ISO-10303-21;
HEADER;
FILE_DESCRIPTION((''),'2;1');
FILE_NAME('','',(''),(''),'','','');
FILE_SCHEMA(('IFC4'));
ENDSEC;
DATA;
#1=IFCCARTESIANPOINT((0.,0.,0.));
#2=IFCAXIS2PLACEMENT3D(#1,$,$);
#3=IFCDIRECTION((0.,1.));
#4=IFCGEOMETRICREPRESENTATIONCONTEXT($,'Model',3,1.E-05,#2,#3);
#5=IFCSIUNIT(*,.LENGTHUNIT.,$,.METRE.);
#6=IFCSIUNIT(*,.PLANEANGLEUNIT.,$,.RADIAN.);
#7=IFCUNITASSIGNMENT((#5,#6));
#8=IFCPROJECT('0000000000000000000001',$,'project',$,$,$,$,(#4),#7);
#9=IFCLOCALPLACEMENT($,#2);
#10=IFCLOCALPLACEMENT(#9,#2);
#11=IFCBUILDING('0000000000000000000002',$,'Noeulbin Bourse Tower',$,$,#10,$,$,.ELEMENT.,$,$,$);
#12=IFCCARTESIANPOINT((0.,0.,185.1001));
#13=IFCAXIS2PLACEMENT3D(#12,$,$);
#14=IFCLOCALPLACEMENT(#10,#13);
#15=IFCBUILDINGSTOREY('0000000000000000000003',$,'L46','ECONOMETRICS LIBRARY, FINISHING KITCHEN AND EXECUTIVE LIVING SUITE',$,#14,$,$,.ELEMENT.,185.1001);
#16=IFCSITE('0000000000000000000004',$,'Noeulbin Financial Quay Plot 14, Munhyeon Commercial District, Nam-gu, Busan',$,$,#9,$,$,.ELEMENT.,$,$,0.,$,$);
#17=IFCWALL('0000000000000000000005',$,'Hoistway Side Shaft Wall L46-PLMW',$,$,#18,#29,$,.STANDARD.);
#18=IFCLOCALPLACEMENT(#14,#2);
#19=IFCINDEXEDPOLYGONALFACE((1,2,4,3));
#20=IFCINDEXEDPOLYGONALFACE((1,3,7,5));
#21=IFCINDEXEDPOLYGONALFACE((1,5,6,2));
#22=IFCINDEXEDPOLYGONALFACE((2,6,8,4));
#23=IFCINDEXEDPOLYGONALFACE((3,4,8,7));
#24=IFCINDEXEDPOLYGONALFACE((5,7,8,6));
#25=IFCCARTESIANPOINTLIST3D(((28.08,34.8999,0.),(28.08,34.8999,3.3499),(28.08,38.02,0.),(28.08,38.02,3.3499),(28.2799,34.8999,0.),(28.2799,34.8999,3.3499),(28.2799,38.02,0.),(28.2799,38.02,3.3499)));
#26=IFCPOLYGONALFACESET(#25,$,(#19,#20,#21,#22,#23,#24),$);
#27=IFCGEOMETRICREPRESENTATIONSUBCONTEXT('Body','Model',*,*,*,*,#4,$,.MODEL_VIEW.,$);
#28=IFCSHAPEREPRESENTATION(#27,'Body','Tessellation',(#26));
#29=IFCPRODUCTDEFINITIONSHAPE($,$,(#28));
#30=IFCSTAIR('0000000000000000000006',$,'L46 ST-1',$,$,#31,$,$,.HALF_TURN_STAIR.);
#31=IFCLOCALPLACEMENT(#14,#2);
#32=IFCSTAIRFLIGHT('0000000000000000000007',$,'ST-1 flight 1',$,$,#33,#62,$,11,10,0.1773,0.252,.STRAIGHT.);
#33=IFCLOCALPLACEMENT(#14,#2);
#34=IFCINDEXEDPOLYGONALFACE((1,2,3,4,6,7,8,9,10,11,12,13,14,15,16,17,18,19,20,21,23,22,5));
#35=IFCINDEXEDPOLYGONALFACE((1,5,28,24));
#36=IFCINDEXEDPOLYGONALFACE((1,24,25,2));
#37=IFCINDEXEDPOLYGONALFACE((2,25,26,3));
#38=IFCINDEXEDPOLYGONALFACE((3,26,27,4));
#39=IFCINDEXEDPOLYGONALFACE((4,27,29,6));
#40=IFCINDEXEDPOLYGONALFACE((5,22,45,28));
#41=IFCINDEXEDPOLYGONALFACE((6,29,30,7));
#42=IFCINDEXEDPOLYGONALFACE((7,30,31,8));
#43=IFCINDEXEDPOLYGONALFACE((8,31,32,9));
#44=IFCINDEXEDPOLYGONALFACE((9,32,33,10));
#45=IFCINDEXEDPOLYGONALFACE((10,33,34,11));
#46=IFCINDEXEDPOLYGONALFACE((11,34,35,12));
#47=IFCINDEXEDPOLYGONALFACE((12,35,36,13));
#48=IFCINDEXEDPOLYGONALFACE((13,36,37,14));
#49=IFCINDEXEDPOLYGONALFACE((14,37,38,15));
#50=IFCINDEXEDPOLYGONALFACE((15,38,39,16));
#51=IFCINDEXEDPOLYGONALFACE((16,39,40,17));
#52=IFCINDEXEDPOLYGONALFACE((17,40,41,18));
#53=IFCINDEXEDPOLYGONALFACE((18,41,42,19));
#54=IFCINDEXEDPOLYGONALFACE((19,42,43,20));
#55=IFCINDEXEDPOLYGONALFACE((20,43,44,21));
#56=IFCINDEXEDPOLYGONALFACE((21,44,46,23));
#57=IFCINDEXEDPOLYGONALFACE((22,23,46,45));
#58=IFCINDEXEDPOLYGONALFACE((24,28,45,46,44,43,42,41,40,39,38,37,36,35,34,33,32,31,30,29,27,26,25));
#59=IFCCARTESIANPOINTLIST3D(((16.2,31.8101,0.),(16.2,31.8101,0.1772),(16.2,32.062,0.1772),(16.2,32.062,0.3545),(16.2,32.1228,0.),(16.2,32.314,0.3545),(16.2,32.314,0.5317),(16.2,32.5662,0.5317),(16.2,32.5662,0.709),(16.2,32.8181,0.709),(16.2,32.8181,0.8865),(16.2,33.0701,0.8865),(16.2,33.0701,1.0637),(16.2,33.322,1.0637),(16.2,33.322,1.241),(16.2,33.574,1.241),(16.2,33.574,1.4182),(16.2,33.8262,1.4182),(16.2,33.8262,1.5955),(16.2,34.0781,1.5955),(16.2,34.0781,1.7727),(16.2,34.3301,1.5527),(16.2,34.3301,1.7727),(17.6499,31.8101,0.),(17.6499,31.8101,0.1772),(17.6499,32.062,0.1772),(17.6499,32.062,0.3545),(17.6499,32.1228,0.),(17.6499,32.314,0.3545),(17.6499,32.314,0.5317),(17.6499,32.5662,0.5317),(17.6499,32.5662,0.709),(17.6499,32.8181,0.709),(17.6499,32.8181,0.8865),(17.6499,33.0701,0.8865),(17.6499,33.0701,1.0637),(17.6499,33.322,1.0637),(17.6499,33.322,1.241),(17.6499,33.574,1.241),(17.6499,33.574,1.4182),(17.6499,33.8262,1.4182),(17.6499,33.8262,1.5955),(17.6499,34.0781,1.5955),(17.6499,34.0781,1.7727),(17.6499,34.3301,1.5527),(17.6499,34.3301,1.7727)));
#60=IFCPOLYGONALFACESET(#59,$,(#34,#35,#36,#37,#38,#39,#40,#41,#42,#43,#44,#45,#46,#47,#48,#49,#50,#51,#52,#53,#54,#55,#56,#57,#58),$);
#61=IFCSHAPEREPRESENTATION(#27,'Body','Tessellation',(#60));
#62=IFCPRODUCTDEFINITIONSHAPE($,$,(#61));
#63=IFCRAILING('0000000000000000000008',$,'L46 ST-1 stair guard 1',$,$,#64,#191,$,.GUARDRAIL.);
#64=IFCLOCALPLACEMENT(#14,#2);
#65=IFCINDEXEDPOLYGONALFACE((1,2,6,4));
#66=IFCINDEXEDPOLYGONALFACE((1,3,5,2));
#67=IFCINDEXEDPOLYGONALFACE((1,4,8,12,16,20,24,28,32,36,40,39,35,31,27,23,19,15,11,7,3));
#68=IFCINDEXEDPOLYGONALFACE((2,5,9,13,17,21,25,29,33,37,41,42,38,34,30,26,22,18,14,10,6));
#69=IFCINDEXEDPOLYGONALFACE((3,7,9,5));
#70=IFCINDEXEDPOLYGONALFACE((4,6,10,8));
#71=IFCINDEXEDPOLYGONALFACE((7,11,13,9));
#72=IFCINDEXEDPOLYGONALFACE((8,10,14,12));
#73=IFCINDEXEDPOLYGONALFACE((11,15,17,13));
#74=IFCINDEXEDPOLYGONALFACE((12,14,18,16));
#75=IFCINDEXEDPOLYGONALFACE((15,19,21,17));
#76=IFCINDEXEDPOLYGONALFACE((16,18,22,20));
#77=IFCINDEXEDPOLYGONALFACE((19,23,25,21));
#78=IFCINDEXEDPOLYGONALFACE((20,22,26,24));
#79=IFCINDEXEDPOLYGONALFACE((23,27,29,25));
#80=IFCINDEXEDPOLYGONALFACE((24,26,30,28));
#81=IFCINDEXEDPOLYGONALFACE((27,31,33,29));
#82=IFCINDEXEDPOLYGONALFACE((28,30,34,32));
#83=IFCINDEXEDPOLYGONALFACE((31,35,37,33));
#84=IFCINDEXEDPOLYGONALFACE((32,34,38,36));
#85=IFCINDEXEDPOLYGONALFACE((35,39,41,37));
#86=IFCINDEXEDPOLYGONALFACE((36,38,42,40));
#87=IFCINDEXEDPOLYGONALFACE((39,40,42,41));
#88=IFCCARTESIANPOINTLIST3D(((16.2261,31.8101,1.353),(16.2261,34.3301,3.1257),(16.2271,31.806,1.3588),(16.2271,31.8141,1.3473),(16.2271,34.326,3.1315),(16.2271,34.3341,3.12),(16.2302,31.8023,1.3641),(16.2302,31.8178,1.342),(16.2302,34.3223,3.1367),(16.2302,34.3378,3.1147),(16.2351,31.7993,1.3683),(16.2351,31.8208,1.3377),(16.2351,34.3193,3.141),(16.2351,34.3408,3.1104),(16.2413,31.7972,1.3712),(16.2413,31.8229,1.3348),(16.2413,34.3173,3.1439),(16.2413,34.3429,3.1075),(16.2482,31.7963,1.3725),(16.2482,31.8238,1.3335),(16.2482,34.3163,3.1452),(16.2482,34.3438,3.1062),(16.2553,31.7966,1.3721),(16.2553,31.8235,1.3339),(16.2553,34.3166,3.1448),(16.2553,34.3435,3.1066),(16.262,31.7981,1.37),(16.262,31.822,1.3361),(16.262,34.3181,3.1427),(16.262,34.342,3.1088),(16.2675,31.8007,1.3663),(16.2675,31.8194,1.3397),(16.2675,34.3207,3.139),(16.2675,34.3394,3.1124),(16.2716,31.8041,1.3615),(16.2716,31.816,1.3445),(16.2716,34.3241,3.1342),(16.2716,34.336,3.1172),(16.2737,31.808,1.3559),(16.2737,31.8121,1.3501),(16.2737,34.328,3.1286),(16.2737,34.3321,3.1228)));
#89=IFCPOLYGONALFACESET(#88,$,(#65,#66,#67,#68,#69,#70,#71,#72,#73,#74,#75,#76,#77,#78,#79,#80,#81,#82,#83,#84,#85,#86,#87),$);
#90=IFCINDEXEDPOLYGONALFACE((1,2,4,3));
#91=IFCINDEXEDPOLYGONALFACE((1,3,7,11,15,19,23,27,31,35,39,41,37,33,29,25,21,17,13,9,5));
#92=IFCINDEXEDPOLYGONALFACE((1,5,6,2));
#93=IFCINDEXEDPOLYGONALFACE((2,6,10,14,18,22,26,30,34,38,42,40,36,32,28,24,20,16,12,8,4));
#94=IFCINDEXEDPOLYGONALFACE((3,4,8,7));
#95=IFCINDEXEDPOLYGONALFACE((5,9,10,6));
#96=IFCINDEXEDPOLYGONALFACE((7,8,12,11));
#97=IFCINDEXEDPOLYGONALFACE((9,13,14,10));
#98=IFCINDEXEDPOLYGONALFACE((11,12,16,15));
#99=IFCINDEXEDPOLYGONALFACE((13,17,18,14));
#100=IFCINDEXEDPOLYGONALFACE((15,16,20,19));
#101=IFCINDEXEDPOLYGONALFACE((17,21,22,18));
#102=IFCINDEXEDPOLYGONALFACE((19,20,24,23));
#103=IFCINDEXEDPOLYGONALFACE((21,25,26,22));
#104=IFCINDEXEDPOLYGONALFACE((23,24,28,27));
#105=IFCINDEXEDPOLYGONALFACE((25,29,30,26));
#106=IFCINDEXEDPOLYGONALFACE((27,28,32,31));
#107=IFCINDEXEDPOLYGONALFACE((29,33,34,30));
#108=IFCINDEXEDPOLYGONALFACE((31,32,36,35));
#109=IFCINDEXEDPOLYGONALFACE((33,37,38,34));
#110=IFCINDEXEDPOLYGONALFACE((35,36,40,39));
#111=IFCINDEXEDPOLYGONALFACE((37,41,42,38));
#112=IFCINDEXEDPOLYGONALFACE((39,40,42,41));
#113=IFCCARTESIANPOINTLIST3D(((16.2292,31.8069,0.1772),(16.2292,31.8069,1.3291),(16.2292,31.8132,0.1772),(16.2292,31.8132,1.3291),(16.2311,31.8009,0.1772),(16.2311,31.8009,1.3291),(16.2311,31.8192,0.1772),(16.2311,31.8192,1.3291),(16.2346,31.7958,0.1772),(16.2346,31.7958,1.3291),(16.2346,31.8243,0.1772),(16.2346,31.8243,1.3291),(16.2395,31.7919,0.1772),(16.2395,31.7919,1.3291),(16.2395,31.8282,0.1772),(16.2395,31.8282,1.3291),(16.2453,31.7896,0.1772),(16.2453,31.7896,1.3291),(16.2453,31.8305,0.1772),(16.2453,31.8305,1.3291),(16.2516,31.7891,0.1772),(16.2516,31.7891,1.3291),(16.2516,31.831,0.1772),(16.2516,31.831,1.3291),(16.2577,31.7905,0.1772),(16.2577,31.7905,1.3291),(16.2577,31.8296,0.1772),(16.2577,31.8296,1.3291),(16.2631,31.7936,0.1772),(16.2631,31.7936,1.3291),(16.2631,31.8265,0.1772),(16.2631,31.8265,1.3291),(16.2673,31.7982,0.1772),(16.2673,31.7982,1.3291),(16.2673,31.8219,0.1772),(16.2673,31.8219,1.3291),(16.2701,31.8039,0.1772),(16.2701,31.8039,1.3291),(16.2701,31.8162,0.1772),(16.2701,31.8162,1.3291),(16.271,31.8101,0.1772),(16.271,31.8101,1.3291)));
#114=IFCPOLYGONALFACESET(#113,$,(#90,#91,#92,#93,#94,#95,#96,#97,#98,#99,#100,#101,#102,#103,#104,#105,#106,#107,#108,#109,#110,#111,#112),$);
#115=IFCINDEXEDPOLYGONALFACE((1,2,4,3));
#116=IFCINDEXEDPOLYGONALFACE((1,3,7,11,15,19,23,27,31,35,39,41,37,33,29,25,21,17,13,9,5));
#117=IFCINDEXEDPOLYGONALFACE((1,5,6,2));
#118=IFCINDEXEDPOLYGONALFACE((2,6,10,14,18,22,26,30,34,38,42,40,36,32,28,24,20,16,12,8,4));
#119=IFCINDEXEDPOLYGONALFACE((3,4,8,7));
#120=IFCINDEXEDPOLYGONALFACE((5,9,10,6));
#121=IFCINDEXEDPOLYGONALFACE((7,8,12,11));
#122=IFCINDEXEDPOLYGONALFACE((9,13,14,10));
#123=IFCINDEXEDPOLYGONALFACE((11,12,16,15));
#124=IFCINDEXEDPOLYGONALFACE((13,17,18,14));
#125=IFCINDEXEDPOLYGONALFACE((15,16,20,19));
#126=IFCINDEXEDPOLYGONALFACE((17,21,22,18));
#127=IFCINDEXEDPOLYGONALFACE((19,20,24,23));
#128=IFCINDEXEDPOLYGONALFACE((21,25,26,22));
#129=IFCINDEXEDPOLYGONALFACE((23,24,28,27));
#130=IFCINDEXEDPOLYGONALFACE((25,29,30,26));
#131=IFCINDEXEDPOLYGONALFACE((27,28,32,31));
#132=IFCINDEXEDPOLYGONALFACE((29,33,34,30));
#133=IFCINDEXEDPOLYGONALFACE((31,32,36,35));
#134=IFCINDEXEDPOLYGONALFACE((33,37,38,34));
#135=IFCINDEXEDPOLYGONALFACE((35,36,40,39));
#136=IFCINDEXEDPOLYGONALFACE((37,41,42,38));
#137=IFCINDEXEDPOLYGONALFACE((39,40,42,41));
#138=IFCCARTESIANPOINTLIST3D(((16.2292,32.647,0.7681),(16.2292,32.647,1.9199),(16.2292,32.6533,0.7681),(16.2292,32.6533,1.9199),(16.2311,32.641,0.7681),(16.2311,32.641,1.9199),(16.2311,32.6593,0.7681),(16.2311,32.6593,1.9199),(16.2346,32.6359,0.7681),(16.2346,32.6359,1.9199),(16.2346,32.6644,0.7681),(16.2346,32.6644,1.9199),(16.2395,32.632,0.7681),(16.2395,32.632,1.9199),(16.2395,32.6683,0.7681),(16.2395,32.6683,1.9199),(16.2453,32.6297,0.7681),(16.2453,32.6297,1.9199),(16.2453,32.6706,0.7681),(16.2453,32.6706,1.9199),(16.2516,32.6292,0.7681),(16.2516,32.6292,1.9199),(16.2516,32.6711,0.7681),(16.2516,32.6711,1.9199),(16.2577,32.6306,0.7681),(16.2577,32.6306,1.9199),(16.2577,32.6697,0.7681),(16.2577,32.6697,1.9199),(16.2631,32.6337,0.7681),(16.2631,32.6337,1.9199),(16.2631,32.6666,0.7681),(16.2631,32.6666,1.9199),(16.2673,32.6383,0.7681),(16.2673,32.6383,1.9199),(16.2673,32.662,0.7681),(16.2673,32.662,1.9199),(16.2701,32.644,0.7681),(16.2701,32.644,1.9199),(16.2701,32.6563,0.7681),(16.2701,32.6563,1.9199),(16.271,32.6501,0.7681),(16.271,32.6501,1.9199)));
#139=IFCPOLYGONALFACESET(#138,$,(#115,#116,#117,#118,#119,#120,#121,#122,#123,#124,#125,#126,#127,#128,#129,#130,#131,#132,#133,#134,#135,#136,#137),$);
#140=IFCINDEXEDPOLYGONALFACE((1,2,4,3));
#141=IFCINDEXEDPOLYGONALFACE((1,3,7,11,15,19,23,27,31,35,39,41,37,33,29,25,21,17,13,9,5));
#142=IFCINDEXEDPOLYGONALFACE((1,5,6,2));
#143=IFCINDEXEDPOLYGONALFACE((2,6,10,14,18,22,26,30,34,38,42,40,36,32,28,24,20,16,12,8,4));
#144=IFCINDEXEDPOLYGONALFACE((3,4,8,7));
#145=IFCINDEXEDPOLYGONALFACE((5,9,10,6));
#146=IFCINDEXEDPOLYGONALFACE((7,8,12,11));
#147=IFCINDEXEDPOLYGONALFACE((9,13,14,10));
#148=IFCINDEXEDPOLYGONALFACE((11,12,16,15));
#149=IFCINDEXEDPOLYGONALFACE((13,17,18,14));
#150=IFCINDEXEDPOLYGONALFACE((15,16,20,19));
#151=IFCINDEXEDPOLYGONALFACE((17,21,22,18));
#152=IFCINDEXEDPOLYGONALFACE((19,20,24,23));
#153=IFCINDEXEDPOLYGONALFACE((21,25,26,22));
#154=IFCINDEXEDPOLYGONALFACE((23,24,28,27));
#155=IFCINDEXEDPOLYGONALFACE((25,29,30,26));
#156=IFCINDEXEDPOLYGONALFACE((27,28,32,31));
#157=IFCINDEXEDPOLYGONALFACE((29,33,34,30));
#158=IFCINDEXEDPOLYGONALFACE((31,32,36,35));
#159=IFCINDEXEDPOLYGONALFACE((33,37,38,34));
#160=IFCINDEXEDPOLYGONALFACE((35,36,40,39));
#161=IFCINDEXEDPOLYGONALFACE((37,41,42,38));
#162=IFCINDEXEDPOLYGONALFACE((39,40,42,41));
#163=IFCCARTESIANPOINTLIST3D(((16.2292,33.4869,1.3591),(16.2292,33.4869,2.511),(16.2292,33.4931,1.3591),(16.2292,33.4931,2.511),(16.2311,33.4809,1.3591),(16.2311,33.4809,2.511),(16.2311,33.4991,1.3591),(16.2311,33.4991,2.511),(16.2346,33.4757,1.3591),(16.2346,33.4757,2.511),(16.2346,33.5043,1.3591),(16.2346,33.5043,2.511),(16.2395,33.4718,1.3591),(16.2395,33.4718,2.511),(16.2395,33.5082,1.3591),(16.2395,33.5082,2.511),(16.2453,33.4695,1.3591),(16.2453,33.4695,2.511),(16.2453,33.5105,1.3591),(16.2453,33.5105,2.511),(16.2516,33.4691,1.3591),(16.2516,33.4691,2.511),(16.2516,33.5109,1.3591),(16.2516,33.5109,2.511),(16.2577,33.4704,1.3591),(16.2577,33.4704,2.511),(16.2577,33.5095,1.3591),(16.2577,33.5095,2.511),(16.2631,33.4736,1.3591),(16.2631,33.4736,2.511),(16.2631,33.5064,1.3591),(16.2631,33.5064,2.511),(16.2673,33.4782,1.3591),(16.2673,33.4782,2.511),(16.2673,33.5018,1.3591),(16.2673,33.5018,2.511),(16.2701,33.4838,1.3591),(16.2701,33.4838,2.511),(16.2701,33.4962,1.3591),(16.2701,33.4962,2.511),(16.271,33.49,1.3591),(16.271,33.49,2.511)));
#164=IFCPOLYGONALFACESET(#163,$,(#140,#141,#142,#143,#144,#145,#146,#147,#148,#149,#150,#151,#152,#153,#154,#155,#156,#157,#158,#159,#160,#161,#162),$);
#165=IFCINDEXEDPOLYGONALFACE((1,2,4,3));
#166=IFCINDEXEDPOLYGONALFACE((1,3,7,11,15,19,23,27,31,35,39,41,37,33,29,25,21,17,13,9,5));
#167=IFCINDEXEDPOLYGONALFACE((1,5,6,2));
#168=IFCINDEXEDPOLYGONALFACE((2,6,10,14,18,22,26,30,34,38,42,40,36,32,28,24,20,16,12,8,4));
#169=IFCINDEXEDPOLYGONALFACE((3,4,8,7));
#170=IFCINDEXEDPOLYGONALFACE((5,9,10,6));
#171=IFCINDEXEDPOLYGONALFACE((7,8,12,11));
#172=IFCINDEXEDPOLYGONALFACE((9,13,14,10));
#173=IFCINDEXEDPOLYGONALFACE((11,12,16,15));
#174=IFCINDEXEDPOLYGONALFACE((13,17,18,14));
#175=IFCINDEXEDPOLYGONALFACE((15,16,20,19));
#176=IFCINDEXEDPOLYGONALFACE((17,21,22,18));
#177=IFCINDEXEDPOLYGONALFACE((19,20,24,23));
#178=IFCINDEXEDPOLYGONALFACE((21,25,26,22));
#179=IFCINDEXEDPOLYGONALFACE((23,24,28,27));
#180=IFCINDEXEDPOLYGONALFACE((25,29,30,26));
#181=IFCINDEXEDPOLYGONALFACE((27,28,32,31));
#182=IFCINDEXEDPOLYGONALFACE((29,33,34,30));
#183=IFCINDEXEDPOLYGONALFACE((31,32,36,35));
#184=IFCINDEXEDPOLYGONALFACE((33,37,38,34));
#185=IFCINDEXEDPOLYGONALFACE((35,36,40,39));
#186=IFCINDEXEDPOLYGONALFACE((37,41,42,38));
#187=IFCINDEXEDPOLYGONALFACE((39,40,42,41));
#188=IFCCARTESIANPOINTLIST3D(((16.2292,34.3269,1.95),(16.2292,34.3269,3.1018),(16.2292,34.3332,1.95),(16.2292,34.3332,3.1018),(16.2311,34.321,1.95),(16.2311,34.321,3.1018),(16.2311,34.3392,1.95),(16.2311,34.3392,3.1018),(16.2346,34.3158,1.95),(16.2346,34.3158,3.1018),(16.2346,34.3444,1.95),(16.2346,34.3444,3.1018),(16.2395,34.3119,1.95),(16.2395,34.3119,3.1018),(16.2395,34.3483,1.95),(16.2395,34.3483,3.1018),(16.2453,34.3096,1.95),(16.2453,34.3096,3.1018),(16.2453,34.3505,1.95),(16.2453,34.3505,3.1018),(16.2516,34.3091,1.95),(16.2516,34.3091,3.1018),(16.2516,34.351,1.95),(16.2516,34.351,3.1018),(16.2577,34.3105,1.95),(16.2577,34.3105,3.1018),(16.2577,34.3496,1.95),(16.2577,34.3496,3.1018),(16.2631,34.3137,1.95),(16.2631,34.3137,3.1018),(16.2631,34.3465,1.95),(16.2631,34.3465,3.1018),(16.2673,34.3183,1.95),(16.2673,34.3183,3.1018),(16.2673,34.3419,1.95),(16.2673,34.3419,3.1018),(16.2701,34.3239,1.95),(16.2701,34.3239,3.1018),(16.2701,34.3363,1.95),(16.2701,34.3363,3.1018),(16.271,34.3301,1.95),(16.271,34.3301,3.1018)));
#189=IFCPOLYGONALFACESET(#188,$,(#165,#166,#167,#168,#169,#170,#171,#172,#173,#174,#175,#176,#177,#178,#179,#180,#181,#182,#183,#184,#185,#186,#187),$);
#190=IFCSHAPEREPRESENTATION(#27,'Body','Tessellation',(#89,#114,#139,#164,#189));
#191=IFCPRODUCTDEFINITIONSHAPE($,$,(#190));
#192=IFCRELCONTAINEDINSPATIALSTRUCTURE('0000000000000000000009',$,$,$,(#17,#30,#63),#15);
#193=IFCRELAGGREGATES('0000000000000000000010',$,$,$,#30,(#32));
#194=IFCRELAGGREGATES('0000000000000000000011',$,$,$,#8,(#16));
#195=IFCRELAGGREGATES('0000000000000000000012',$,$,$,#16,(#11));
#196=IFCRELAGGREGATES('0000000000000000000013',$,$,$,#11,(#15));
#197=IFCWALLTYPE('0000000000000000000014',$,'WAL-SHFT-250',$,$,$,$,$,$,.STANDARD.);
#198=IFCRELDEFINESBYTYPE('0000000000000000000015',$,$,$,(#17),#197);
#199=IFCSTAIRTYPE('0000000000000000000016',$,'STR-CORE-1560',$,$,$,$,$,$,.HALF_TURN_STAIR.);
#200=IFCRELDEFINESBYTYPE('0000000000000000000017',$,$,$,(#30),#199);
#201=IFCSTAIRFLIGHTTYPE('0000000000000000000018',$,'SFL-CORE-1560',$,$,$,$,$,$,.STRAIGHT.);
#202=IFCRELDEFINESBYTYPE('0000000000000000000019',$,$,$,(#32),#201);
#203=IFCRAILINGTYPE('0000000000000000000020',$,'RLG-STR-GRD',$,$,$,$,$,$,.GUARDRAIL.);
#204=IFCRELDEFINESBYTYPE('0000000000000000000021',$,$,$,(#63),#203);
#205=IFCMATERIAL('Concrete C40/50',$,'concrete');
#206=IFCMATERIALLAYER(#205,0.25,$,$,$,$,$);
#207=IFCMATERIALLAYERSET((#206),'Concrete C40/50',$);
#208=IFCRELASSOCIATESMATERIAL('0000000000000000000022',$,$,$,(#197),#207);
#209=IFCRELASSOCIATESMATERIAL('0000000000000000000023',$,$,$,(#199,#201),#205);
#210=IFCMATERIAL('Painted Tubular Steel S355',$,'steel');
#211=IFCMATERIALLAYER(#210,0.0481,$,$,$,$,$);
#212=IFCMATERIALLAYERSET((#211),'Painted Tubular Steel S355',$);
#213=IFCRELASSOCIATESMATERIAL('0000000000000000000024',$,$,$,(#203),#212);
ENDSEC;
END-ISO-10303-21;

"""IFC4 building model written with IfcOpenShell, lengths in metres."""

from ifc_helpers import new_model, si_unit, direction, frame, frame_2d, origin, origin_2d, place, context, subcontext, project, spatial, polyline, rectangle, circle, outline, extrude, material, layer, layer_set, type_object, element, aggregate, save


model = new_model("IFC4")

# Units and contexts
model_context = context("Model", 3, precision=1e-05, world=origin(), true_north=direction((0.0, 1.0)))
body_context = subcontext(model_context, "Body", "Model", "MODEL_VIEW")
ifc_project = project(units=[si_unit("LENGTHUNIT", "METRE"), si_unit("PLANEANGLEUNIT", "RADIAN")], contexts=[model_context])

# Site, building, storey
site_placement = place(None, origin())
site = spatial("IfcSite", under=ifc_project, at=site_placement, Name="Noeulbin Financial Quay Plot 14, Munhyeon Commercial District, Nam-gu, Busan", CompositionType="ELEMENT", RefElevation=0.0)
building_placement = place(site_placement, origin())
building = spatial("IfcBuilding", under=site, at=building_placement, Name="Noeulbin Bourse Tower", CompositionType="ELEMENT")
storey_placement = place(building_placement, frame((0.0, 0.0, 185.1001)))
storey = spatial("IfcBuildingStorey", under=building, at=storey_placement, Name="L46", Description="ECONOMETRICS LIBRARY, FINISHING KITCHEN AND EXECUTIVE LIVING SUITE", CompositionType="ELEMENT", Elevation=185.1001)

# Shared definitions
ifc_material_1 = material(Name="Concrete C40/50", Category="concrete")

# Shared definitions
ifc_layer_1 = layer(ifc_material_1, 0.25)
ifc_layer_set_1 = layer_set([ifc_layer_1], Name="Concrete C40/50")
wall_type_1 = type_object("IfcWallType", Name="WAL-SHFT-250", PredefinedType="STANDARD", material=ifc_layer_set_1)

# Wall
wall_1_placement = place(storey_placement, frame((28.1799, 34.8999, 0.0), z_axis=(0.0, 0.0, 1.0), x_axis=(0.0, 1.0, 0.0)))
element("IfcWall", 1, at=wall_1_placement, inside=storey, type_object=wall_type_1, Name="Hoistway Side Shaft Wall L46-PLMW", PredefinedType="STANDARD", context=body_context, shape_type="SweptSolid", body=[
    extrude(rectangle(XDim=3.1201, YDim=0.2, at=frame_2d((1.5601, 0.0))), origin(), (0.0, 0.0, 1.0), 3.3499),
])

# Stair, stair flight
stair_type = type_object("IfcStairType", Name="STR-CORE-1560", PredefinedType="HALF_TURN_STAIR", material=ifc_material_1)
stair_placement = place(storey_placement, origin())
stair = element("IfcStair", 2, at=stair_placement, inside=storey, type_object=stair_type, Name="L46 ST-1", PredefinedType="HALF_TURN_STAIR")
stair_flight_type = type_object("IfcStairFlightType", Name="SFL-CORE-1560", PredefinedType="STRAIGHT", material=ifc_material_1)
stair_flight_placement = place(storey_placement, frame((16.925, 31.8101, 0.0), z_axis=(0.0, 0.0, 1.0), x_axis=(0.0, 1.0, 0.0)))
stair_flight = element("IfcStairFlight", 3, at=stair_flight_placement, type_object=stair_flight_type, Name="ST-1 flight 1", NumberOfRisers=11, NumberOfTreads=10, PredefinedType="STRAIGHT", RiserHeight=0.1773, TreadLength=0.252, context=body_context, shape_type="SweptSolid", body=[
    extrude(outline(polyline([(0.0, 0.0), (0.0, 0.1772), (0.252, 0.1772), (0.252, 0.3545), (0.5039, 0.3545), (0.5039, 0.5317), (0.7561, 0.5317), (0.7561, 0.709), (1.0081, 0.709), (1.0081, 0.8865), (1.26, 0.8865), (1.26, 1.0637), (1.512, 1.0637), (1.512, 1.241), (1.7639, 1.241), (1.7639, 1.4182), (2.0161, 1.4182), (2.0161, 1.5955), (2.2681, 1.5955), (2.2681, 1.7727), (2.52, 1.7727), (2.52, 1.95), (2.52, 1.5527), (0.3127, 0.0), (0.0, 0.0)])), frame((0.0, 0.7251, 0.0), z_axis=(0.0, -1.0, 0.0), x_axis=(1.0, 0.0, 0.0)), (0.0, 0.0, 1.0), 1.45),
])
aggregate(stair, [stair_flight])

# Railing
ifc_material_2 = material(Name="Painted Tubular Steel S355", Category="steel")
ifc_layer_2 = layer(ifc_material_2, 0.0481)
ifc_layer_set_2 = layer_set([ifc_layer_2], Name="Painted Tubular Steel S355")
railing_type_1 = type_object("IfcRailingType", Name="RLG-STR-GRD", PredefinedType="GUARDRAIL", material=ifc_layer_set_2)
railing_1_placement = place(storey_placement, frame((16.25, 31.8101, 0.1772)))
element("IfcRailing", 4, at=railing_1_placement, inside=storey, type_object=railing_type_1, Name="L46 ST-1 stair guard 1", PredefinedType="GUARDRAIL", context=body_context, shape_type="SweptSolid", body=[
    extrude(circle(Radius=0.0239, at=origin_2d()), frame((0.0, 0.0, 1.1758), z_axis=(0.0, 0.817904, 0.575354), x_axis=(-1.0, 0.0, 0.0)), (0.0, 0.0, 1.0), 3.0811),
    extrude(circle(Radius=0.021, at=origin_2d()), origin(), (0.0, 0.0, 1.0), 1.1519),
    extrude(circle(Radius=0.021, at=origin_2d()), frame((0.0, 0.8401, 0.5908)), (0.0, 0.0, 1.0), 1.1519),
    extrude(circle(Radius=0.021, at=origin_2d()), frame((0.0, 1.6799, 1.1819)), (0.0, 0.0, 1.0), 1.1519),
    extrude(circle(Radius=0.021, at=origin_2d()), frame((0.0, 2.52, 1.7727)), (0.0, 0.0, 1.0), 1.1519),
])

save(model, "model.ifc")
